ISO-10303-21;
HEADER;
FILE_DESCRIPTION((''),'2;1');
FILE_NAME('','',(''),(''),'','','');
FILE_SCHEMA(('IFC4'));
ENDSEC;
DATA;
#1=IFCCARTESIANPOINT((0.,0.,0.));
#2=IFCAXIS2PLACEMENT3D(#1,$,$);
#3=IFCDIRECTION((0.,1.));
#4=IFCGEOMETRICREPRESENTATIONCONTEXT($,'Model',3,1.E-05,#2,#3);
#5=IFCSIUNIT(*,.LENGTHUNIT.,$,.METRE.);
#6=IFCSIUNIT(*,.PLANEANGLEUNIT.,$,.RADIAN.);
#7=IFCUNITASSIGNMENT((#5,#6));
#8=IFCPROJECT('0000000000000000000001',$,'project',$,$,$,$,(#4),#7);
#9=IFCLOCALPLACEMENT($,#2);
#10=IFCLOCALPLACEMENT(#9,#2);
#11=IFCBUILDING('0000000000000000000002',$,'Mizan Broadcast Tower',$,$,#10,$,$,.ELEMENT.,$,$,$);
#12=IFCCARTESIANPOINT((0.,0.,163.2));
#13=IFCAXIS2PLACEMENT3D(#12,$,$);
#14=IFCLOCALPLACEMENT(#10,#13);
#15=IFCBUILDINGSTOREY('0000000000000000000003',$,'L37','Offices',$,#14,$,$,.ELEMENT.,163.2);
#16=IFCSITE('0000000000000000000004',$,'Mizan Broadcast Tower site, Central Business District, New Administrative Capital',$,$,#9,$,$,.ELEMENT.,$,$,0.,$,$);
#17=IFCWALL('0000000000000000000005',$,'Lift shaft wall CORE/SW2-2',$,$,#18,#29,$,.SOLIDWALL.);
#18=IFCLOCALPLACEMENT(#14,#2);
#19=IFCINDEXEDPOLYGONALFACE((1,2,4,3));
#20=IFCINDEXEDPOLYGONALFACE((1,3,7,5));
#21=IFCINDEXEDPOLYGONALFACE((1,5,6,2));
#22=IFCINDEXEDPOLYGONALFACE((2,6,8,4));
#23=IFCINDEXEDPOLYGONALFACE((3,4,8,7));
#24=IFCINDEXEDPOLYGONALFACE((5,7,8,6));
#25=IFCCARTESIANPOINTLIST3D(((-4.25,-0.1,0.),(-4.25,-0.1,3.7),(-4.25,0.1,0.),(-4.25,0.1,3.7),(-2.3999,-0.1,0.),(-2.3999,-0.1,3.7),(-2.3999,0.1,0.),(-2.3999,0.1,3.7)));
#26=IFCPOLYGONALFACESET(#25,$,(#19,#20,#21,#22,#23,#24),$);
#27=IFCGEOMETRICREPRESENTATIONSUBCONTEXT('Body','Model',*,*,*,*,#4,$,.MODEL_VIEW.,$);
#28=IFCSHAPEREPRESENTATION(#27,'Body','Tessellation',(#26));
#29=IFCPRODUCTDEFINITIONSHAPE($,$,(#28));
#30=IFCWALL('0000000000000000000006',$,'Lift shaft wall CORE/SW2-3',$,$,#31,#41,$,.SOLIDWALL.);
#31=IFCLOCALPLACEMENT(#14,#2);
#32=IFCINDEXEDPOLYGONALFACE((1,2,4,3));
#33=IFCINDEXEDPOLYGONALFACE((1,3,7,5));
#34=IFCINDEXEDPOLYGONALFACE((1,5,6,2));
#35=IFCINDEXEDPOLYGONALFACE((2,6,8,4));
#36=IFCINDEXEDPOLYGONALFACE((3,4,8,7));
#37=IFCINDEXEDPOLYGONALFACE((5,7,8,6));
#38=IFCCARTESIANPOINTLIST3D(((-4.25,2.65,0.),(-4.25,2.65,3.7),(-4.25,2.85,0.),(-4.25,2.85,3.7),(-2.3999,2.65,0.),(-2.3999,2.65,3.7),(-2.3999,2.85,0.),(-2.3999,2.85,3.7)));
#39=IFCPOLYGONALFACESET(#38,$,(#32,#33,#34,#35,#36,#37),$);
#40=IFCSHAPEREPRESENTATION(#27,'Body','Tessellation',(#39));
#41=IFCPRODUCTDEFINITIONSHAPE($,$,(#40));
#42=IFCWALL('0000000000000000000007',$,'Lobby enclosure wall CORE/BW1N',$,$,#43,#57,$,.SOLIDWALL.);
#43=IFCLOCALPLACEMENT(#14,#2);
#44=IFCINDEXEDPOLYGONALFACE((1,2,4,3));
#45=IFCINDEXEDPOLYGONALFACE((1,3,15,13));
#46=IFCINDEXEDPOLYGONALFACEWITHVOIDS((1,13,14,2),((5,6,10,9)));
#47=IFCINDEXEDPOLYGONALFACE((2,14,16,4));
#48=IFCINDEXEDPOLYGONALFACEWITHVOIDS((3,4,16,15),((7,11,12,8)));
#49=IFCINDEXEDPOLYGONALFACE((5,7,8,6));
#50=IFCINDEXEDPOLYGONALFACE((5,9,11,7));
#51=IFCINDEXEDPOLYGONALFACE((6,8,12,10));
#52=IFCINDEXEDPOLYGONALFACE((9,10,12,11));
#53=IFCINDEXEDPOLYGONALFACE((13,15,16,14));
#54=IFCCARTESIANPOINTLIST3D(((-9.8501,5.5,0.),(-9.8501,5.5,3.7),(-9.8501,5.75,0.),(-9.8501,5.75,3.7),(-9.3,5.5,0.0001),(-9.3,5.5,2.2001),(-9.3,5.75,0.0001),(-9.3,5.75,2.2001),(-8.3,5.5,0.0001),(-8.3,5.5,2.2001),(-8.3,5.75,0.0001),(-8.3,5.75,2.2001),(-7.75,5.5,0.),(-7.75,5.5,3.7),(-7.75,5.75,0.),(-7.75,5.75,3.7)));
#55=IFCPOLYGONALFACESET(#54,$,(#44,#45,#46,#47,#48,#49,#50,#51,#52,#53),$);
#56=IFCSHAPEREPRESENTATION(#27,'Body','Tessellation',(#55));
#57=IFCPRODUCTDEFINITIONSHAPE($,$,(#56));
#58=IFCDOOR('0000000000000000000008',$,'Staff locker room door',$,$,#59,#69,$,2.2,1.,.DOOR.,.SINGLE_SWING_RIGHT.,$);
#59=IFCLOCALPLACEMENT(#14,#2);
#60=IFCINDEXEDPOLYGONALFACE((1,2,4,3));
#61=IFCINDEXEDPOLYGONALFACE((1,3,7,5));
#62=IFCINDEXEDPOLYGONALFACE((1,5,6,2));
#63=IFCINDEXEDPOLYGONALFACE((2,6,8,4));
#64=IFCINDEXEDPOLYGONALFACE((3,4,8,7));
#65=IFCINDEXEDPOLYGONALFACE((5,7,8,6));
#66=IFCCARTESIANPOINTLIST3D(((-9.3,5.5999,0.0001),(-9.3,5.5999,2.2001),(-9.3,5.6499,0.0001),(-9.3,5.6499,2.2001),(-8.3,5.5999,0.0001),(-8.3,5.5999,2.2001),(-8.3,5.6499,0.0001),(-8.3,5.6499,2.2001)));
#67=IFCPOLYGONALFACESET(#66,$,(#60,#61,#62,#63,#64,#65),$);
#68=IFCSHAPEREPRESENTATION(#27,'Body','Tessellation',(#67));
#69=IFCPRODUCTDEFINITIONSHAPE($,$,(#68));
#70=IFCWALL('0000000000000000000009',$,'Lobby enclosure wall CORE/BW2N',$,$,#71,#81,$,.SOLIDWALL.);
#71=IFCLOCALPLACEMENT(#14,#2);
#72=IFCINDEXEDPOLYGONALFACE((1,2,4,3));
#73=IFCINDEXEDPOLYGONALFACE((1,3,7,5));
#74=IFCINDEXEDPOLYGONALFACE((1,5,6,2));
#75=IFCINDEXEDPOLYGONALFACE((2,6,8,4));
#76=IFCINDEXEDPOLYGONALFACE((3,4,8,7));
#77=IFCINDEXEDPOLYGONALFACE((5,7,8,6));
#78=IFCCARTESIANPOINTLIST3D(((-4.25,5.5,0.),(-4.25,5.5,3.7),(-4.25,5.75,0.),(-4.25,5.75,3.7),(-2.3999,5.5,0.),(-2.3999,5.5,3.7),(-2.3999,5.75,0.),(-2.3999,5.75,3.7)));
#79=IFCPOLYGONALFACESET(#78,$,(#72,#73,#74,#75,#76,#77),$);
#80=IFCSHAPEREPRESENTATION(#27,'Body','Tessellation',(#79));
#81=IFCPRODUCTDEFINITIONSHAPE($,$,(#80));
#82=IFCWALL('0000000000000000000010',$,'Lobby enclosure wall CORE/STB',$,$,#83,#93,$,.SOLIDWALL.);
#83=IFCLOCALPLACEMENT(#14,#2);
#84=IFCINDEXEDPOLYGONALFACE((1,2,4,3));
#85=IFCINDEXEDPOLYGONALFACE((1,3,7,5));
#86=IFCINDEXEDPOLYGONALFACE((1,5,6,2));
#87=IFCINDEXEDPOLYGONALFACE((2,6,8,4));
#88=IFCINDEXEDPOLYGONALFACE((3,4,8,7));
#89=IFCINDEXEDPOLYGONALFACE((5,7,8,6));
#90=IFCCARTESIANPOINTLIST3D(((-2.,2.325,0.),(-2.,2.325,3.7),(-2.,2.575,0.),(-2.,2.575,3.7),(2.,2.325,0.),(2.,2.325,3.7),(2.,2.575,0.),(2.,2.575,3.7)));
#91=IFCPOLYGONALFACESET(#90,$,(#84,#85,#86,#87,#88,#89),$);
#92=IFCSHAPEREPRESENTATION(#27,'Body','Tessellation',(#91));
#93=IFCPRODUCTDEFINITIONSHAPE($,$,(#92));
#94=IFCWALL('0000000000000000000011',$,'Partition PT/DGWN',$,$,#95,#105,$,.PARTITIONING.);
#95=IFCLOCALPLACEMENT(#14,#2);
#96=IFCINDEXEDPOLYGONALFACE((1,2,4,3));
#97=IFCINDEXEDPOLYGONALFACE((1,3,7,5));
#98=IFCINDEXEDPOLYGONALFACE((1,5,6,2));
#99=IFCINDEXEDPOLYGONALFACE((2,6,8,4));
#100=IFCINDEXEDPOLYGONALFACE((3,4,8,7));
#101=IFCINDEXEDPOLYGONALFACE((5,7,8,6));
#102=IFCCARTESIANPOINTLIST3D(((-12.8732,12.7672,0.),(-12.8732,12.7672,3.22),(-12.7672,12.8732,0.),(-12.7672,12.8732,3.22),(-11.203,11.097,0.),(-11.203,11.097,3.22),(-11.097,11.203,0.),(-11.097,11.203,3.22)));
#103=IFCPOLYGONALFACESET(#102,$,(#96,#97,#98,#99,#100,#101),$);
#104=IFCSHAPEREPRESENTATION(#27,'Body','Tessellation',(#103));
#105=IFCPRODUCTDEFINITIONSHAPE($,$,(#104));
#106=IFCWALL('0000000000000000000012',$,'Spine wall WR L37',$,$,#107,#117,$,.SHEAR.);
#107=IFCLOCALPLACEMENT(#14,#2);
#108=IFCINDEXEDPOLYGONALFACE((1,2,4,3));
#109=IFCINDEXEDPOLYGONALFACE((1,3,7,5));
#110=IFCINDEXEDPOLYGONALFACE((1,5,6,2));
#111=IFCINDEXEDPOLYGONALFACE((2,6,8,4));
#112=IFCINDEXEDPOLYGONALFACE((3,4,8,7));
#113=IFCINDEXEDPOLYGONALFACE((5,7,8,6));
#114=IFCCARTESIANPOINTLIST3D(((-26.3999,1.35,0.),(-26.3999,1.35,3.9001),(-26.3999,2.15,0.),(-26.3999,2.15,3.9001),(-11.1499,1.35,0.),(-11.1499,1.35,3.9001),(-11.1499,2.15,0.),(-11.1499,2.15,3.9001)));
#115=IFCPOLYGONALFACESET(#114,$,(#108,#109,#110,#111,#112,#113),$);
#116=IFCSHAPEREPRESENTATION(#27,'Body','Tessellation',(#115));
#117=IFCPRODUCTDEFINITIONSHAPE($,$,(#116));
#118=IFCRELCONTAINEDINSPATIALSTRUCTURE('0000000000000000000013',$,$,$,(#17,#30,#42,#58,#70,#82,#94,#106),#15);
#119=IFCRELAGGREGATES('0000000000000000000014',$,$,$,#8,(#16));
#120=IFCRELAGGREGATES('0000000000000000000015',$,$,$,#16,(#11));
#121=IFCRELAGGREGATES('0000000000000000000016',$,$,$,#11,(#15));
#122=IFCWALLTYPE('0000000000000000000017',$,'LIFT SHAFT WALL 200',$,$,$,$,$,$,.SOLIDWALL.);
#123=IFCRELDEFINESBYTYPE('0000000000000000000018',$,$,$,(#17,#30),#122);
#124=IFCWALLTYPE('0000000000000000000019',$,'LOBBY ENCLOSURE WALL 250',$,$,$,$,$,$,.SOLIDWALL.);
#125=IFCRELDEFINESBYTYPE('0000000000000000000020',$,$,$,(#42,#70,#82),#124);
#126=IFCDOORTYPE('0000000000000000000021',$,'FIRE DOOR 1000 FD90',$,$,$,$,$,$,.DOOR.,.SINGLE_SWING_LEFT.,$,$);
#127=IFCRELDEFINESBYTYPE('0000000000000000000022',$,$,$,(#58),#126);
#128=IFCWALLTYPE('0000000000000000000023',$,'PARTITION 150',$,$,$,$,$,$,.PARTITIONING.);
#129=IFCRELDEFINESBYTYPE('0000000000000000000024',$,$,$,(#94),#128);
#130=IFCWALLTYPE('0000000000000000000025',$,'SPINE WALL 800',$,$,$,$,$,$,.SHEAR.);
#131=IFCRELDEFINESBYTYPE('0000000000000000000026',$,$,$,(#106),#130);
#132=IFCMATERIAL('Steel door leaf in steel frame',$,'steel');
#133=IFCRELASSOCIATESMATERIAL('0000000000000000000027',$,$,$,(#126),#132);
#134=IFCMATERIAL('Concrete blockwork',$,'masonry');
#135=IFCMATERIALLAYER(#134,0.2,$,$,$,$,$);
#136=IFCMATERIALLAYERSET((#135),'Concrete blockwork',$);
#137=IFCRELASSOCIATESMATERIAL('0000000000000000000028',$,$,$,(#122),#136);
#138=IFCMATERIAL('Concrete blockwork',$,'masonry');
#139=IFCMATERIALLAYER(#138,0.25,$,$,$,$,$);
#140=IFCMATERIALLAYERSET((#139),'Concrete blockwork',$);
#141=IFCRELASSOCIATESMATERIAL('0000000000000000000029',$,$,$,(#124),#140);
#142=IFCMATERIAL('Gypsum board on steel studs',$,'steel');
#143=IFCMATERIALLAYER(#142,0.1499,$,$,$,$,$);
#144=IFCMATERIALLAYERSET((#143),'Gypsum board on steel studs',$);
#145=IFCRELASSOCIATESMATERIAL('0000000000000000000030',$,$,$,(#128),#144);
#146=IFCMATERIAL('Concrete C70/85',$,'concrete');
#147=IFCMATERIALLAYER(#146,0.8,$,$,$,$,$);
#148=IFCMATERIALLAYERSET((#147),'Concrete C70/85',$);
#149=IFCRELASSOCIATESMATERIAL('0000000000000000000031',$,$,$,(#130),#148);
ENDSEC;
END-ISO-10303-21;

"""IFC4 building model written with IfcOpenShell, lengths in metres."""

from ifc_helpers import new_model, si_unit, direction, frame, frame_2d, origin, place, context, subcontext, project, spatial, rectangle, extrude, material, layer, layer_set, type_object, element, fill, save


model = new_model("IFC4")

# Units and contexts
model_context = context("Model", 3, precision=1e-05, world=origin(), true_north=direction((0.0, 1.0)))
body_context = subcontext(model_context, "Body", "Model", "MODEL_VIEW")
ifc_project = project(units=[si_unit("LENGTHUNIT", "METRE"), si_unit("PLANEANGLEUNIT", "RADIAN")], contexts=[model_context])

# Site, building, storey
site_placement = place(None, origin())
site = spatial("IfcSite", under=ifc_project, at=site_placement, Name="Mizan Broadcast Tower site, Central Business District, New Administrative Capital", CompositionType="ELEMENT", RefElevation=0.0)
building_placement = place(site_placement, origin())
building = spatial("IfcBuilding", under=site, at=building_placement, Name="Mizan Broadcast Tower", CompositionType="ELEMENT")
storey_placement = place(building_placement, frame((0.0, 0.0, 163.2)))
storey = spatial("IfcBuildingStorey", under=building, at=storey_placement, Name="L37", Description="Offices", CompositionType="ELEMENT", Elevation=163.2)

# Shared definitions
ifc_material_1 = material(Name="Steel door leaf in steel frame", Category="steel")
door_type_1 = type_object("IfcDoorType", Name="FIRE DOOR 1000 FD90", OperationType="SINGLE_SWING_LEFT", PredefinedType="DOOR", material=ifc_material_1)

# Walls
ifc_material_2 = material(Name="Concrete blockwork", Category="masonry")
ifc_layer_1 = layer(ifc_material_2, 0.2)
ifc_layer_set_1 = layer_set([ifc_layer_1], Name="Concrete blockwork")
wall_type_1 = type_object("IfcWallType", Name="LIFT SHAFT WALL 200", PredefinedType="SOLIDWALL", material=ifc_layer_set_1)
for number, where, z_axis, x_axis, name in (
    (1, (-4.25, 0.0, 0.0), (0.0, 0.0, 1.0), (1.0, 0.0, 0.0), "Lift shaft wall CORE/SW2-2"),
    (2, (-4.25, 2.75, 0.0), (0.0, 0.0, 1.0), (1.0, 0.0, 0.0), "Lift shaft wall CORE/SW2-3"),
):
    element("IfcWall", number, at=place(storey_placement, frame(where, z_axis=z_axis, x_axis=x_axis)), inside=storey, type_object=wall_type_1, Name=name, PredefinedType="SOLIDWALL", context=body_context, shape_type="SweptSolid", body=[
        extrude(rectangle(XDim=1.8501, YDim=0.2, at=frame_2d((0.925, 0.0))), origin(), (0.0, 0.0, 1.0), 3.7),
    ])

# Wall, opening, door
ifc_material_3 = material(Name="Concrete blockwork", Category="masonry")
ifc_layer_2 = layer(ifc_material_3, 0.25)
ifc_layer_set_2 = layer_set([ifc_layer_2], Name="Concrete blockwork")
wall_type_2 = type_object("IfcWallType", Name="LOBBY ENCLOSURE WALL 250", PredefinedType="SOLIDWALL", material=ifc_layer_set_2)
wall_1_placement = place(storey_placement, frame((-9.8501, 5.625, 0.0), z_axis=(0.0, 0.0, 1.0), x_axis=(1.0, 0.0, 0.0)))
wall_1 = element("IfcWall", 3, at=wall_1_placement, inside=storey, type_object=wall_type_2, Name="Lobby enclosure wall CORE/BW1N", PredefinedType="SOLIDWALL", context=body_context, shape_type="SweptSolid", body=[
    extrude(rectangle(XDim=2.1001, YDim=0.25, at=frame_2d((1.05, 0.0))), origin(), (0.0, 0.0, 1.0), 3.7),
])
opening_1_placement = place(wall_1_placement, frame((0.55, 0.0, 0.0)))
opening_1 = element("IfcOpeningElement", 4, at=opening_1_placement, cuts=wall_1, PredefinedType="OPENING", context=body_context, shape_type="SweptSolid", body=[
    extrude(rectangle(XDim=1.0, YDim=2.2, at=frame_2d((0.5, 1.1001))), frame((0.0, 0.135, 0.0), z_axis=(0.0, -1.0, 0.0), x_axis=(1.0, 0.0, 0.0)), (0.0, 0.0, 1.0), 0.27),
])
door_1_placement = place(opening_1_placement, origin())
door_1 = element("IfcDoor", 5, at=door_1_placement, inside=storey, type_object=door_type_1, Name="Staff locker room door", OperationType="SINGLE_SWING_RIGHT", OverallHeight=2.2, OverallWidth=1.0, PredefinedType="DOOR", context=body_context, shape_type="SweptSolid", body=[
    extrude(rectangle(XDim=1.0, YDim=2.2, at=frame_2d((0.5, 1.1001))), frame((0.0, 0.0249, 0.0), z_axis=(0.0, -1.0, 0.0), x_axis=(1.0, 0.0, 0.0)), (0.0, 0.0, 1.0), 0.05),
])
fill(opening_1, door_1)

# Walls
wall_2_placement = place(storey_placement, frame((-4.25, 5.625, 0.0), z_axis=(0.0, 0.0, 1.0), x_axis=(1.0, 0.0, 0.0)))
element("IfcWall", 6, at=wall_2_placement, inside=storey, type_object=wall_type_2, Name="Lobby enclosure wall CORE/BW2N", PredefinedType="SOLIDWALL", context=body_context, shape_type="SweptSolid", body=[
    extrude(rectangle(XDim=1.8501, YDim=0.25, at=frame_2d((0.925, 0.0))), origin(), (0.0, 0.0, 1.0), 3.7),
])
wall_3_placement = place(storey_placement, frame((-2.0, 2.45, 0.0), z_axis=(0.0, 0.0, 1.0), x_axis=(1.0, 0.0, 0.0)))
element("IfcWall", 7, at=wall_3_placement, inside=storey, type_object=wall_type_2, Name="Lobby enclosure wall CORE/STB", PredefinedType="SOLIDWALL", context=body_context, shape_type="SweptSolid", body=[
    extrude(rectangle(XDim=4.0, YDim=0.25, at=frame_2d((2.0, 0.0))), origin(), (0.0, 0.0, 1.0), 3.7),
])
ifc_material_4 = material(Name="Gypsum board on steel studs", Category="steel")
ifc_layer_3 = layer(ifc_material_4, 0.1499)
ifc_layer_set_3 = layer_set([ifc_layer_3], Name="Gypsum board on steel studs")
wall_type_3 = type_object("IfcWallType", Name="PARTITION 150", PredefinedType="PARTITIONING", material=ifc_layer_set_3)
wall_4_placement = place(storey_placement, frame((-11.1499, 11.1499, 0.0), z_axis=(0.0, 0.0, 1.0), x_axis=(-0.707107, 0.707107, 0.0)))
element("IfcWall", 8, at=wall_4_placement, inside=storey, type_object=wall_type_3, Name="Partition PT/DGWN", PredefinedType="PARTITIONING", context=body_context, shape_type="SweptSolid", body=[
    extrude(rectangle(XDim=2.3621, YDim=0.1499, at=frame_2d((1.1812, 0.0))), origin(), (0.0, 0.0, 1.0), 3.22),
])
ifc_material_5 = material(Name="Concrete C70/85", Category="concrete")
ifc_layer_4 = layer(ifc_material_5, 0.8)
ifc_layer_set_4 = layer_set([ifc_layer_4], Name="Concrete C70/85")
wall_type_4 = type_object("IfcWallType", Name="SPINE WALL 800", PredefinedType="SHEAR", material=ifc_layer_set_4)
wall_5_placement = place(storey_placement, frame((-11.1499, 1.75, 0.0), z_axis=(0.0, 0.0, 1.0), x_axis=(-1.0, 0.0, 0.0)))
element("IfcWall", 9, at=wall_5_placement, inside=storey, type_object=wall_type_4, Name="Spine wall WR L37", PredefinedType="SHEAR", context=body_context, shape_type="SweptSolid", body=[
    extrude(rectangle(XDim=15.25, YDim=0.8, at=frame_2d((7.625, 0.0))), origin(), (0.0, 0.0, 1.0), 3.9001),
])

save(model, "model.ifc")
